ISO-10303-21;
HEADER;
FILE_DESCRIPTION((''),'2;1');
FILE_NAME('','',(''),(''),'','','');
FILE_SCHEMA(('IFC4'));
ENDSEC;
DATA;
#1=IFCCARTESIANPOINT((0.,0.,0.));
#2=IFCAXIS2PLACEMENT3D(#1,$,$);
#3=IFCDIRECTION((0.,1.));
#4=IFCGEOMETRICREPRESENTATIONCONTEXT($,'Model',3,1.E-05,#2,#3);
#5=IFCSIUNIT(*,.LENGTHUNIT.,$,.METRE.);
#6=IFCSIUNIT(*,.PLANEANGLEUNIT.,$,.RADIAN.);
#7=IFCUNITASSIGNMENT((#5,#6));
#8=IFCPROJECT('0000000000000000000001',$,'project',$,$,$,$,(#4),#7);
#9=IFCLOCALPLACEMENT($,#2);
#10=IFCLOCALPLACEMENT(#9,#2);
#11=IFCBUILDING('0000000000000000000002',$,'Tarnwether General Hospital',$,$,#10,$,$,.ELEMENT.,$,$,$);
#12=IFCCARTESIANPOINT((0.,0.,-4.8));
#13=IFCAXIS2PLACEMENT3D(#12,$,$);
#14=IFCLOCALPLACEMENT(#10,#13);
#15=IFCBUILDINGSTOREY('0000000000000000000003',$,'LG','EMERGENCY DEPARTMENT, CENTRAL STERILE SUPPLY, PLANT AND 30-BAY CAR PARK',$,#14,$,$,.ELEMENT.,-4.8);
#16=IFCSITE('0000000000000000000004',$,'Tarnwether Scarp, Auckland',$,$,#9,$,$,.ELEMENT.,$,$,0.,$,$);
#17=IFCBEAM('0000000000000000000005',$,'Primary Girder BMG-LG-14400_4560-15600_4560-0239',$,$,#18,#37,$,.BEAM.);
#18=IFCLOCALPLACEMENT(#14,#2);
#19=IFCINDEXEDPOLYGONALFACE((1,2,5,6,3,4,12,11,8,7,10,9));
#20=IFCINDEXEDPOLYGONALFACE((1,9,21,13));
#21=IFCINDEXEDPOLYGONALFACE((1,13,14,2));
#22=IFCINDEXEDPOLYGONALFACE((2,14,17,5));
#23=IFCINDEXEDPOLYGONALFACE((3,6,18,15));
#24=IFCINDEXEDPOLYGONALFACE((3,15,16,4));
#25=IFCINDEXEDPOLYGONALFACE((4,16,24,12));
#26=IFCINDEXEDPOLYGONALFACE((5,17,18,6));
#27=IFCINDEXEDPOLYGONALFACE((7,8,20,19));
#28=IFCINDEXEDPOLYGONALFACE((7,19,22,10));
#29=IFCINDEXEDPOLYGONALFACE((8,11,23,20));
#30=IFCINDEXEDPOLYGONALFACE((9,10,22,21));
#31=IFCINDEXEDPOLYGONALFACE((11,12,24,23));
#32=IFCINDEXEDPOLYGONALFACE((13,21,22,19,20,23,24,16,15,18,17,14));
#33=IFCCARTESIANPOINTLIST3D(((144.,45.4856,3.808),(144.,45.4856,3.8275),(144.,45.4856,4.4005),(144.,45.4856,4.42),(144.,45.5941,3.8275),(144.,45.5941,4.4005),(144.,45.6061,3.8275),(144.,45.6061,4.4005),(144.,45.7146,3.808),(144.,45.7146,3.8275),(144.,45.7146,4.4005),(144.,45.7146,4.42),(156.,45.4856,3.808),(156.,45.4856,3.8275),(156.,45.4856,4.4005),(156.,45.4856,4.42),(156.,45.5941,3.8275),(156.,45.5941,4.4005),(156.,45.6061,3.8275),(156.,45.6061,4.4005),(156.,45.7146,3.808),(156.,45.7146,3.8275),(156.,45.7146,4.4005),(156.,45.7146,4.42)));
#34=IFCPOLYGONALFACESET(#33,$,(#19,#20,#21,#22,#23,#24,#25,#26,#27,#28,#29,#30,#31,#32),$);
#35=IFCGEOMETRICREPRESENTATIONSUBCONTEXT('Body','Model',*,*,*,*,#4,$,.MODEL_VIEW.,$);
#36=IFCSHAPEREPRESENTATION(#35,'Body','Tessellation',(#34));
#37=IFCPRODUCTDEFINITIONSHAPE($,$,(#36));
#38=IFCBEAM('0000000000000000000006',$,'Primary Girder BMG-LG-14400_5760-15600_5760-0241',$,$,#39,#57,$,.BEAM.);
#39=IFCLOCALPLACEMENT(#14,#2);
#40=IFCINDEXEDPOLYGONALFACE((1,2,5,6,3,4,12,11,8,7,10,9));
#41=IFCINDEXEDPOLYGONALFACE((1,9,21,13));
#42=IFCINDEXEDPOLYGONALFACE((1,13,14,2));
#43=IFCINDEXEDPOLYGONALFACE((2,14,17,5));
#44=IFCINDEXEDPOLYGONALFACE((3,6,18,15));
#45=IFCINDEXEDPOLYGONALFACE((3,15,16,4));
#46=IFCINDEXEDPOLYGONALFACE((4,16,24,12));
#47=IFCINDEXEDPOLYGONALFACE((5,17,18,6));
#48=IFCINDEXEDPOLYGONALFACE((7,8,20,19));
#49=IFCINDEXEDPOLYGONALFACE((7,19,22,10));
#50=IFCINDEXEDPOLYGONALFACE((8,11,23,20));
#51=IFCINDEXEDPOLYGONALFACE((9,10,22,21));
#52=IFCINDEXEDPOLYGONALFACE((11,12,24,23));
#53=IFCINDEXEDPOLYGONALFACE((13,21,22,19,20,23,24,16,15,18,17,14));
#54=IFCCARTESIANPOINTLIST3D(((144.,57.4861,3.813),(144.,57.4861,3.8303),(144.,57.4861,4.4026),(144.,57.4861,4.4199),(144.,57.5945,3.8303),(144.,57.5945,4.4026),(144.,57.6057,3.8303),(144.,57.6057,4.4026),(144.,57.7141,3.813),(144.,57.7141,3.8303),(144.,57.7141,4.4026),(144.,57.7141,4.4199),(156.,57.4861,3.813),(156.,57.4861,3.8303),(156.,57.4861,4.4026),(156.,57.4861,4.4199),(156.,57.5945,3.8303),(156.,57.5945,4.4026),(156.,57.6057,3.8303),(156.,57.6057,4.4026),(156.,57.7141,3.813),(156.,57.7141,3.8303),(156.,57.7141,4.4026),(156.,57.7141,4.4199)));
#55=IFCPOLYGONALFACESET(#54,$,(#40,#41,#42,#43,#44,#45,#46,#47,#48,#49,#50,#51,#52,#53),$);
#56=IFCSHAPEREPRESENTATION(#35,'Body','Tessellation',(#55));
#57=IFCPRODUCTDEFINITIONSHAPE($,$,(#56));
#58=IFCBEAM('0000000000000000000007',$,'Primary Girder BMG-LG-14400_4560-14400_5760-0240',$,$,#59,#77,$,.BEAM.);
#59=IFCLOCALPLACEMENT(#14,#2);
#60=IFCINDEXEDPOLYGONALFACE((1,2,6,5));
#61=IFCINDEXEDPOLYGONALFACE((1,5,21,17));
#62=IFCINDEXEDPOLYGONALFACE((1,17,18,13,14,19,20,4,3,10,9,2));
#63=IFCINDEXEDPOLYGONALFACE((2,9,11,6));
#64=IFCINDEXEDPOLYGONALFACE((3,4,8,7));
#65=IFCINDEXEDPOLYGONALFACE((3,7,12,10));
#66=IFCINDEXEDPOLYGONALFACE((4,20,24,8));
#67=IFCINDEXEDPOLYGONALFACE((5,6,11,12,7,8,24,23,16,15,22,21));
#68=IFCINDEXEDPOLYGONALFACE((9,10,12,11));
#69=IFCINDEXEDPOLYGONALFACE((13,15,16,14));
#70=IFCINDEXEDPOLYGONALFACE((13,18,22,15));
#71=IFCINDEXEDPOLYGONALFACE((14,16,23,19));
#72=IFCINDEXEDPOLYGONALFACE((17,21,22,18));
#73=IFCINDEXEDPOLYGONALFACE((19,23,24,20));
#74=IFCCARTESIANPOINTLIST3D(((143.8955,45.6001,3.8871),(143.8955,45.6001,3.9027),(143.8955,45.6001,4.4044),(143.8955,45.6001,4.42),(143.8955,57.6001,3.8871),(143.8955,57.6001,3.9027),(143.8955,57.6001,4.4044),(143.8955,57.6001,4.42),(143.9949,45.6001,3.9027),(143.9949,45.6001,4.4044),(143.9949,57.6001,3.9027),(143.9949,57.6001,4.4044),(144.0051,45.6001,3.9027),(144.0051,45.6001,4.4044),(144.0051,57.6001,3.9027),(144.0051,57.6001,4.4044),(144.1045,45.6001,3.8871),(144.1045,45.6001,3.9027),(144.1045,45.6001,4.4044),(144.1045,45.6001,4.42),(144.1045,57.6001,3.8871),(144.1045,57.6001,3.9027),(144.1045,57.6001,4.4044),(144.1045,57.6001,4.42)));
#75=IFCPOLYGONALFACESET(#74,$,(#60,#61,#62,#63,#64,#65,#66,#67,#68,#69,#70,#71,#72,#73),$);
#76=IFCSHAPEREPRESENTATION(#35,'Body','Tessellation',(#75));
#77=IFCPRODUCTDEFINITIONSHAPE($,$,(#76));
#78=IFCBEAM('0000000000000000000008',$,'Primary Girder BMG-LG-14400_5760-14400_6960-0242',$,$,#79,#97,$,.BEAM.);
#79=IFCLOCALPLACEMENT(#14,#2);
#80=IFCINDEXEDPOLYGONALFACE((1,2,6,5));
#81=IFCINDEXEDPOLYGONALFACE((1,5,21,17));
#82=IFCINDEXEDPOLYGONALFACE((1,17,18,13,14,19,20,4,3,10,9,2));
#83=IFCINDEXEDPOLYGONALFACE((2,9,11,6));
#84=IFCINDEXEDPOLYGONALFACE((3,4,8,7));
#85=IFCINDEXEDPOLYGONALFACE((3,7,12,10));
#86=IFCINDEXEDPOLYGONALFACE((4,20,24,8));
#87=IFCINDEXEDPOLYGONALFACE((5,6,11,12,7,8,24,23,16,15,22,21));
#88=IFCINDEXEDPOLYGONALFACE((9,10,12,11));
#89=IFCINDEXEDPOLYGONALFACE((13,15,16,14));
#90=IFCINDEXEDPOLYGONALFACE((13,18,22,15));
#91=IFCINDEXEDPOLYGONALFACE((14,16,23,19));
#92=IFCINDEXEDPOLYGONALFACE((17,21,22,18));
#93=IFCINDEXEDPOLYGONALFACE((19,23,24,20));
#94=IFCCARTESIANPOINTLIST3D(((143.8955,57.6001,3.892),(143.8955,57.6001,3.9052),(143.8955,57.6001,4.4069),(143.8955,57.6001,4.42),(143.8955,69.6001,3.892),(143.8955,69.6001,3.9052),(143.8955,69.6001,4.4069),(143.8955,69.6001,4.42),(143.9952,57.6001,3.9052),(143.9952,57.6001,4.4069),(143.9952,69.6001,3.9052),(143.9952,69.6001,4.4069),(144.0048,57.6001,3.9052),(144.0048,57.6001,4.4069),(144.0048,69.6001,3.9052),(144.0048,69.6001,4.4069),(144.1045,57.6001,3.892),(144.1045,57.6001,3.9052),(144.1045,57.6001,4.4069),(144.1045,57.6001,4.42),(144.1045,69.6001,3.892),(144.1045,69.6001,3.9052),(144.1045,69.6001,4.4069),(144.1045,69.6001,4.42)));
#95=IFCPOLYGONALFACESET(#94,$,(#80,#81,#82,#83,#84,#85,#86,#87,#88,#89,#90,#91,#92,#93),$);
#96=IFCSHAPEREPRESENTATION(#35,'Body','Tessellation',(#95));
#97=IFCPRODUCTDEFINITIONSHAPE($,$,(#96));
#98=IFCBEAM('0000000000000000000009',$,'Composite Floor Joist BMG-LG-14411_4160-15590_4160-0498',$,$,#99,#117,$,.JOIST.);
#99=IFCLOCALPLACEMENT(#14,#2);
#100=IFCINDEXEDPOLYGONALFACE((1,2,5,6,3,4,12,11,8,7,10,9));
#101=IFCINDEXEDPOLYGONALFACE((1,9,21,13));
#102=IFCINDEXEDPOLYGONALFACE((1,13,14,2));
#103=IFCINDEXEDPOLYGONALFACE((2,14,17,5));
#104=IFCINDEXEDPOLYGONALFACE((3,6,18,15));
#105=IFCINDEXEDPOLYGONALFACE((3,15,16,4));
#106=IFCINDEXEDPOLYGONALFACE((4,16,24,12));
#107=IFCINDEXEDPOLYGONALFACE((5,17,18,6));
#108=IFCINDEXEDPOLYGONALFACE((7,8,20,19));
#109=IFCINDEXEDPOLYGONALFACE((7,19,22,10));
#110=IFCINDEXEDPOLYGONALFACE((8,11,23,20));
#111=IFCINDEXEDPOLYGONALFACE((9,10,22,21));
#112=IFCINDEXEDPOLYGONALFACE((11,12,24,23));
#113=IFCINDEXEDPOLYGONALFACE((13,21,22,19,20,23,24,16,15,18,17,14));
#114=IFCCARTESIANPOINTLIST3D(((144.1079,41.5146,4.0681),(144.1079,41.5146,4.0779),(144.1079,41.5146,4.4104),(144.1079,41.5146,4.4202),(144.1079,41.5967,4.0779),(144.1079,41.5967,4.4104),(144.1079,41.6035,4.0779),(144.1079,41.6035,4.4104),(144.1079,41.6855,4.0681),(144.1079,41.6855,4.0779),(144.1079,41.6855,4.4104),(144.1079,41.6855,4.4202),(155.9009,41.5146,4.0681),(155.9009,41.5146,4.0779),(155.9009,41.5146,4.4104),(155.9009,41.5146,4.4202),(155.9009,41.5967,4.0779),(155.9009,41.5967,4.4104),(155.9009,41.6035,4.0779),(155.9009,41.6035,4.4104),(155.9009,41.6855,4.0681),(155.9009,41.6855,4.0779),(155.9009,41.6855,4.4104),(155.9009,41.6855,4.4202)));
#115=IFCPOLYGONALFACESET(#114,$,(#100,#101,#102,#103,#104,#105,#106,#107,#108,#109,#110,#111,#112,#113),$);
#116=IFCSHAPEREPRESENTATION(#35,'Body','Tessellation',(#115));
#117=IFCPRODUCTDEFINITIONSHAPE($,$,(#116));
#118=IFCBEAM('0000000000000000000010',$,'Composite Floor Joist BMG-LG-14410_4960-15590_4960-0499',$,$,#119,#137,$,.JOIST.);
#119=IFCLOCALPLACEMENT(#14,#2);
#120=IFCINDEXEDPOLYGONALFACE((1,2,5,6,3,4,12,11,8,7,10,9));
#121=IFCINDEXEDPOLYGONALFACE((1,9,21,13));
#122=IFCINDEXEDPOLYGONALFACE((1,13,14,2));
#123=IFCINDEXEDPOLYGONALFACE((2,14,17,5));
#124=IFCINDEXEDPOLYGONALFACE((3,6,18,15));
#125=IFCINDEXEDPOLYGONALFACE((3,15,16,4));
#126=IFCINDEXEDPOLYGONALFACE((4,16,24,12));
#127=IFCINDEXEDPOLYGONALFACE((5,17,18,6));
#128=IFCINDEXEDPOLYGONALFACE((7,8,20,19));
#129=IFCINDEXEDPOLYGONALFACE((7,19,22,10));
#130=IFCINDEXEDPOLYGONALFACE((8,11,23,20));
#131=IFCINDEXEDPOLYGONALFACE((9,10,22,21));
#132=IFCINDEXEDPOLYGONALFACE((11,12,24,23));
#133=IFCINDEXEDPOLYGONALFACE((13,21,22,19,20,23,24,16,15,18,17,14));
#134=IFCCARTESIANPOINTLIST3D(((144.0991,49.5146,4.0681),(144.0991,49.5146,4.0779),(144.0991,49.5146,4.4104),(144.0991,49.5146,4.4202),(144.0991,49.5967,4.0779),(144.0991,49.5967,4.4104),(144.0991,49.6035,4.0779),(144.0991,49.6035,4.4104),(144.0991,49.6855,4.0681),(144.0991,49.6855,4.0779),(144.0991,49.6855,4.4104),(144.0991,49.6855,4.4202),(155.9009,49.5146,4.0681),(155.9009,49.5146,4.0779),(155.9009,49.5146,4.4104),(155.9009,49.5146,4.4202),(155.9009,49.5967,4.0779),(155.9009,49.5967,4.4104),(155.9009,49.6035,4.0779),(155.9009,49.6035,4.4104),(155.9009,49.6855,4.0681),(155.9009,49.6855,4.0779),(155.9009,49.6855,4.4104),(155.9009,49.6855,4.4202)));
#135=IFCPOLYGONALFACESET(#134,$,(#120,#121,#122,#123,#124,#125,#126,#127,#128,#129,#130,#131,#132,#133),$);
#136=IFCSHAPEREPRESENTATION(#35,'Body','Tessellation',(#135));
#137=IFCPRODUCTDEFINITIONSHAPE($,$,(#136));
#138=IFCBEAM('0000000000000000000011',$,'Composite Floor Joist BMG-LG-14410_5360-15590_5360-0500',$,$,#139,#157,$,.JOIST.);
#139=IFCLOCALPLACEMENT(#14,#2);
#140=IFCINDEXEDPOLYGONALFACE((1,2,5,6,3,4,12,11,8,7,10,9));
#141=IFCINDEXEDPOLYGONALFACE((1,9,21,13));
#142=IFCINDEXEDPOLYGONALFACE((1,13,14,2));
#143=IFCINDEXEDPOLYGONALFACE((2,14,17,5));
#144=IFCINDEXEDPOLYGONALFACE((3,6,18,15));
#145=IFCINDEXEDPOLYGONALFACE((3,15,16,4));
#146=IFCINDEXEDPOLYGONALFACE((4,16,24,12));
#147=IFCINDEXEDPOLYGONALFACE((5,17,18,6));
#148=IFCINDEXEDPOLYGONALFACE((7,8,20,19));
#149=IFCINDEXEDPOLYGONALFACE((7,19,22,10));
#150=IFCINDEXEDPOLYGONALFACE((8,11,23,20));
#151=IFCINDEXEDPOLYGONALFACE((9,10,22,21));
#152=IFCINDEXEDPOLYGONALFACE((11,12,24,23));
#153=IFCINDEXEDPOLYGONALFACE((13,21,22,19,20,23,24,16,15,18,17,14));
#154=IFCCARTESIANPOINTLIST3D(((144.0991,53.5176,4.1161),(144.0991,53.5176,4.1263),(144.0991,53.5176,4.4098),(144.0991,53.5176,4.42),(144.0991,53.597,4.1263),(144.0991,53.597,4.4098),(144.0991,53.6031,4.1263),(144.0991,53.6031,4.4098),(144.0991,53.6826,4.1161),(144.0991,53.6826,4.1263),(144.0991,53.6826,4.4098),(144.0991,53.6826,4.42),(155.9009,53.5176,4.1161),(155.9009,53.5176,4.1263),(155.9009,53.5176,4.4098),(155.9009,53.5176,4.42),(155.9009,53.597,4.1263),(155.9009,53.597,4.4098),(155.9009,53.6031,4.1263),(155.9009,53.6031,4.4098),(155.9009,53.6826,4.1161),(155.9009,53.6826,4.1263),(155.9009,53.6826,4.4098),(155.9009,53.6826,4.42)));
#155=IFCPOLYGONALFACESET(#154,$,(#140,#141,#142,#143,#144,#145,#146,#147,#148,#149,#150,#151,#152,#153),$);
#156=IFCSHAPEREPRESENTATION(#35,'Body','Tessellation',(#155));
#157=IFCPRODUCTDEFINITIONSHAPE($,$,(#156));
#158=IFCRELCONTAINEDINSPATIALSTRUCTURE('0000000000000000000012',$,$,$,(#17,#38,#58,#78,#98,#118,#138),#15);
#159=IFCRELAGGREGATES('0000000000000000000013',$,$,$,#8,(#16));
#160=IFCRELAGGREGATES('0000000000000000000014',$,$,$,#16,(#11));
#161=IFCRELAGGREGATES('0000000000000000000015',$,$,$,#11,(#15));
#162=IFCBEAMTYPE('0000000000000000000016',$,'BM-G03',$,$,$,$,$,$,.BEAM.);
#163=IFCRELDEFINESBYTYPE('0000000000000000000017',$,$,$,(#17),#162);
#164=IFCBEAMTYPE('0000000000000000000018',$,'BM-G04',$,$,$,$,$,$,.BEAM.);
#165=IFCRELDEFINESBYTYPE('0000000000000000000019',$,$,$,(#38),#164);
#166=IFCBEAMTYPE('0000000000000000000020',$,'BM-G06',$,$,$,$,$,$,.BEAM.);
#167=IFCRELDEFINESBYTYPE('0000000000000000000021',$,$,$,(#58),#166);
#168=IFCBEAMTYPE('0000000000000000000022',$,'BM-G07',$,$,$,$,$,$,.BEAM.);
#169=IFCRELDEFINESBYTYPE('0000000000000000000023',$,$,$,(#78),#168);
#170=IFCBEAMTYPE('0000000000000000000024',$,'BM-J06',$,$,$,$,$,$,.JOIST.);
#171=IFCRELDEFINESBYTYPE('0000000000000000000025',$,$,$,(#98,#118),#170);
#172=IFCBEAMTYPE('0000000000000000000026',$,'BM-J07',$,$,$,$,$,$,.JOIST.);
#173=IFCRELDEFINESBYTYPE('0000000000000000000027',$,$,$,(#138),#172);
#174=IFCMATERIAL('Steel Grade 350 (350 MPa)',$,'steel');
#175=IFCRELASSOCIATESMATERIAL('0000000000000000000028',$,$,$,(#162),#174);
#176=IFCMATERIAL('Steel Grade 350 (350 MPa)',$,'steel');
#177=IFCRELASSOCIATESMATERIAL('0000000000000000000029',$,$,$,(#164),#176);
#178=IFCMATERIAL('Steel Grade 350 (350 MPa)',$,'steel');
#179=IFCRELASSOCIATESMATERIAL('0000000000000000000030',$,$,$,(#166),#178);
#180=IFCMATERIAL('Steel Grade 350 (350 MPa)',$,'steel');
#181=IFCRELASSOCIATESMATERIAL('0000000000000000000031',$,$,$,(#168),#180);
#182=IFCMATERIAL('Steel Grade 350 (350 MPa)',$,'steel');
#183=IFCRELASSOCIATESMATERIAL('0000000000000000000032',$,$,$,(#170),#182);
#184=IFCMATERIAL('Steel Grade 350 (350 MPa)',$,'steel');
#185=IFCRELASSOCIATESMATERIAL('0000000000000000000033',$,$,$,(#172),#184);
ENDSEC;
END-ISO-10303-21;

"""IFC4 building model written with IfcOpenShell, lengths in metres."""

from ifc_helpers import new_model, si_unit, direction, frame, origin, origin_2d, place, context, subcontext, project, spatial, i_section, extrude, material, material_profile, profile_set, type_object, element, save


model = new_model("IFC4")

# Units and contexts
model_context = context("Model", 3, precision=1e-05, world=origin(), true_north=direction((0.0, 1.0)))
body_context = subcontext(model_context, "Body", "Model", "MODEL_VIEW")
ifc_project = project(units=[si_unit("LENGTHUNIT", "METRE"), si_unit("PLANEANGLEUNIT", "RADIAN")], contexts=[model_context])

# Site, building, storey
site_placement = place(None, origin())
site = spatial("IfcSite", under=ifc_project, at=site_placement, Name="Tarnwether Scarp, Auckland", CompositionType="ELEMENT", RefElevation=0.0)
building_placement = place(site_placement, origin())
building = spatial("IfcBuilding", under=site, at=building_placement, Name="Tarnwether General Hospital", CompositionType="ELEMENT")
storey_placement = place(building_placement, frame((0.0, 0.0, -4.8)))
storey = spatial("IfcBuildingStorey", under=building, at=storey_placement, Name="LG", Description="EMERGENCY DEPARTMENT, CENTRAL STERILE SUPPLY, PLANT AND 30-BAY CAR PARK", CompositionType="ELEMENT", Elevation=-4.8)

# Beams
ifc_material_1 = material(Name="Steel Grade 350 (350 MPa)", Category="steel")
ifc_material_profile_1 = material_profile(ifc_material_1, i_section(OverallWidth=0.229, OverallDepth=0.6121, WebThickness=0.012, FlangeThickness=0.0195, at=origin_2d()), Name="610UB125")
ifc_profile_set_1 = profile_set([ifc_material_profile_1], Name="Steel Grade 350 (350 MPa)")
beam_type_1 = type_object("IfcBeamType", Name="BM-G03", PredefinedType="BEAM", material=ifc_profile_set_1)
beam_1_placement = place(storey_placement, frame((144.0, 45.6001, 4.114), z_axis=(1.0, 0.0, 0.0), x_axis=(0.0, 1.0, 0.0)))
element("IfcBeam", 1, at=beam_1_placement, inside=storey, type_object=beam_type_1, Name="Primary Girder BMG-LG-14400_4560-15600_4560-0239", PredefinedType="BEAM", context=body_context, shape_type="SweptSolid", body=[
    extrude(i_section(OverallWidth=0.229, OverallDepth=0.6121, WebThickness=0.012, FlangeThickness=0.0195, at=origin_2d()), origin(), (0.0, 0.0, 1.0), 12.0),
])
ifc_material_2 = material(Name="Steel Grade 350 (350 MPa)", Category="steel")
ifc_material_profile_2 = material_profile(ifc_material_2, i_section(OverallWidth=0.228, OverallDepth=0.6069, WebThickness=0.0112, FlangeThickness=0.0173, at=origin_2d()), Name="610UB113")
ifc_profile_set_2 = profile_set([ifc_material_profile_2], Name="Steel Grade 350 (350 MPa)")
beam_type_2 = type_object("IfcBeamType", Name="BM-G04", PredefinedType="BEAM", material=ifc_profile_set_2)
beam_2_placement = place(storey_placement, frame((144.0, 57.6001, 4.1165), z_axis=(1.0, 0.0, 0.0), x_axis=(0.0, 1.0, 0.0)))
element("IfcBeam", 2, at=beam_2_placement, inside=storey, type_object=beam_type_2, Name="Primary Girder BMG-LG-14400_5760-15600_5760-0241", PredefinedType="BEAM", context=body_context, shape_type="SweptSolid", body=[
    extrude(i_section(OverallWidth=0.228, OverallDepth=0.6069, WebThickness=0.0112, FlangeThickness=0.0173, at=origin_2d()), origin(), (0.0, 0.0, 1.0), 12.0),
])
ifc_material_3 = material(Name="Steel Grade 350 (350 MPa)", Category="steel")
ifc_material_profile_3 = material_profile(ifc_material_3, i_section(OverallWidth=0.209, OverallDepth=0.533, WebThickness=0.0103, FlangeThickness=0.0156, at=origin_2d()), Name="530UB92.4")
ifc_profile_set_3 = profile_set([ifc_material_profile_3], Name="Steel Grade 350 (350 MPa)")
beam_type_3 = type_object("IfcBeamType", Name="BM-G06", PredefinedType="BEAM", material=ifc_profile_set_3)
beam_3_placement = place(storey_placement, frame((144.0, 45.6001, 4.1536), z_axis=(0.0, 1.0, 0.0), x_axis=(-1.0, 0.0, 0.0)))
element("IfcBeam", 3, at=beam_3_placement, inside=storey, type_object=beam_type_3, Name="Primary Girder BMG-LG-14400_4560-14400_5760-0240", PredefinedType="BEAM", context=body_context, shape_type="SweptSolid", body=[
    extrude(i_section(OverallWidth=0.209, OverallDepth=0.533, WebThickness=0.0103, FlangeThickness=0.0156, at=origin_2d()), origin(), (0.0, 0.0, 1.0), 12.0),
])
ifc_material_4 = material(Name="Steel Grade 350 (350 MPa)", Category="steel")
ifc_material_profile_4 = material_profile(ifc_material_4, i_section(OverallWidth=0.209, OverallDepth=0.5281, WebThickness=0.0095, FlangeThickness=0.0132, at=origin_2d()), Name="530UB82.0")
ifc_profile_set_4 = profile_set([ifc_material_profile_4], Name="Steel Grade 350 (350 MPa)")
beam_type_4 = type_object("IfcBeamType", Name="BM-G07", PredefinedType="BEAM", material=ifc_profile_set_4)
beam_4_placement = place(storey_placement, frame((144.0, 57.6001, 4.156), z_axis=(0.0, 1.0, 0.0), x_axis=(-1.0, 0.0, 0.0)))
element("IfcBeam", 4, at=beam_4_placement, inside=storey, type_object=beam_type_4, Name="Primary Girder BMG-LG-14400_5760-14400_6960-0242", PredefinedType="BEAM", context=body_context, shape_type="SweptSolid", body=[
    extrude(i_section(OverallWidth=0.209, OverallDepth=0.5281, WebThickness=0.0095, FlangeThickness=0.0132, at=origin_2d()), origin(), (0.0, 0.0, 1.0), 12.0),
])
ifc_material_5 = material(Name="Steel Grade 350 (350 MPa)", Category="steel")
ifc_material_profile_5 = material_profile(ifc_material_5, i_section(OverallWidth=0.1709, OverallDepth=0.3521, WebThickness=0.0068, FlangeThickness=0.0098, at=origin_2d()), Name="360UB44.7")
ifc_profile_set_5 = profile_set([ifc_material_profile_5], Name="Steel Grade 350 (350 MPa)")
beam_type_5 = type_object("IfcBeamType", Name="BM-J06", PredefinedType="JOIST", material=ifc_profile_set_5)
beam_5_placement = place(storey_placement, frame((144.1079, 41.6001, 4.2441), z_axis=(1.0, 0.0, 0.0), x_axis=(0.0, 1.0, 0.0)))
element("IfcBeam", 5, at=beam_5_placement, inside=storey, type_object=beam_type_5, Name="Composite Floor Joist BMG-LG-14411_4160-15590_4160-0498", PredefinedType="JOIST", context=body_context, shape_type="SweptSolid", body=[
    extrude(i_section(OverallWidth=0.1709, OverallDepth=0.3521, WebThickness=0.0068, FlangeThickness=0.0098, at=origin_2d()), origin(), (0.0, 0.0, 1.0), 11.793),
])
beam_6_placement = place(storey_placement, frame((144.0991, 49.6001, 4.2441), z_axis=(1.0, 0.0, 0.0), x_axis=(0.0, 1.0, 0.0)))
element("IfcBeam", 6, at=beam_6_placement, inside=storey, type_object=beam_type_5, Name="Composite Floor Joist BMG-LG-14410_4960-15590_4960-0499", PredefinedType="JOIST", context=body_context, shape_type="SweptSolid", body=[
    extrude(i_section(OverallWidth=0.1709, OverallDepth=0.3521, WebThickness=0.0068, FlangeThickness=0.0098, at=origin_2d()), origin(), (0.0, 0.0, 1.0), 11.8018),
])
ifc_material_6 = material(Name="Steel Grade 350 (350 MPa)", Category="steel")
ifc_material_profile_6 = material_profile(ifc_material_6, i_section(OverallWidth=0.165, OverallDepth=0.304, WebThickness=0.0061, FlangeThickness=0.0103, at=origin_2d()), Name="310UB40.4")
ifc_profile_set_6 = profile_set([ifc_material_profile_6], Name="Steel Grade 350 (350 MPa)")
beam_type_6 = type_object("IfcBeamType", Name="BM-J07", PredefinedType="JOIST", material=ifc_profile_set_6)
beam_7_placement = place(storey_placement, frame((144.0991, 53.6001, 4.2681), z_axis=(1.0, 0.0, 0.0), x_axis=(0.0, 1.0, 0.0)))
element("IfcBeam", 7, at=beam_7_placement, inside=storey, type_object=beam_type_6, Name="Composite Floor Joist BMG-LG-14410_5360-15590_5360-0500", PredefinedType="JOIST", context=body_context, shape_type="SweptSolid", body=[
    extrude(i_section(OverallWidth=0.165, OverallDepth=0.304, WebThickness=0.0061, FlangeThickness=0.0103, at=origin_2d()), origin(), (0.0, 0.0, 1.0), 11.8018),
])

save(model, "model.ifc")
